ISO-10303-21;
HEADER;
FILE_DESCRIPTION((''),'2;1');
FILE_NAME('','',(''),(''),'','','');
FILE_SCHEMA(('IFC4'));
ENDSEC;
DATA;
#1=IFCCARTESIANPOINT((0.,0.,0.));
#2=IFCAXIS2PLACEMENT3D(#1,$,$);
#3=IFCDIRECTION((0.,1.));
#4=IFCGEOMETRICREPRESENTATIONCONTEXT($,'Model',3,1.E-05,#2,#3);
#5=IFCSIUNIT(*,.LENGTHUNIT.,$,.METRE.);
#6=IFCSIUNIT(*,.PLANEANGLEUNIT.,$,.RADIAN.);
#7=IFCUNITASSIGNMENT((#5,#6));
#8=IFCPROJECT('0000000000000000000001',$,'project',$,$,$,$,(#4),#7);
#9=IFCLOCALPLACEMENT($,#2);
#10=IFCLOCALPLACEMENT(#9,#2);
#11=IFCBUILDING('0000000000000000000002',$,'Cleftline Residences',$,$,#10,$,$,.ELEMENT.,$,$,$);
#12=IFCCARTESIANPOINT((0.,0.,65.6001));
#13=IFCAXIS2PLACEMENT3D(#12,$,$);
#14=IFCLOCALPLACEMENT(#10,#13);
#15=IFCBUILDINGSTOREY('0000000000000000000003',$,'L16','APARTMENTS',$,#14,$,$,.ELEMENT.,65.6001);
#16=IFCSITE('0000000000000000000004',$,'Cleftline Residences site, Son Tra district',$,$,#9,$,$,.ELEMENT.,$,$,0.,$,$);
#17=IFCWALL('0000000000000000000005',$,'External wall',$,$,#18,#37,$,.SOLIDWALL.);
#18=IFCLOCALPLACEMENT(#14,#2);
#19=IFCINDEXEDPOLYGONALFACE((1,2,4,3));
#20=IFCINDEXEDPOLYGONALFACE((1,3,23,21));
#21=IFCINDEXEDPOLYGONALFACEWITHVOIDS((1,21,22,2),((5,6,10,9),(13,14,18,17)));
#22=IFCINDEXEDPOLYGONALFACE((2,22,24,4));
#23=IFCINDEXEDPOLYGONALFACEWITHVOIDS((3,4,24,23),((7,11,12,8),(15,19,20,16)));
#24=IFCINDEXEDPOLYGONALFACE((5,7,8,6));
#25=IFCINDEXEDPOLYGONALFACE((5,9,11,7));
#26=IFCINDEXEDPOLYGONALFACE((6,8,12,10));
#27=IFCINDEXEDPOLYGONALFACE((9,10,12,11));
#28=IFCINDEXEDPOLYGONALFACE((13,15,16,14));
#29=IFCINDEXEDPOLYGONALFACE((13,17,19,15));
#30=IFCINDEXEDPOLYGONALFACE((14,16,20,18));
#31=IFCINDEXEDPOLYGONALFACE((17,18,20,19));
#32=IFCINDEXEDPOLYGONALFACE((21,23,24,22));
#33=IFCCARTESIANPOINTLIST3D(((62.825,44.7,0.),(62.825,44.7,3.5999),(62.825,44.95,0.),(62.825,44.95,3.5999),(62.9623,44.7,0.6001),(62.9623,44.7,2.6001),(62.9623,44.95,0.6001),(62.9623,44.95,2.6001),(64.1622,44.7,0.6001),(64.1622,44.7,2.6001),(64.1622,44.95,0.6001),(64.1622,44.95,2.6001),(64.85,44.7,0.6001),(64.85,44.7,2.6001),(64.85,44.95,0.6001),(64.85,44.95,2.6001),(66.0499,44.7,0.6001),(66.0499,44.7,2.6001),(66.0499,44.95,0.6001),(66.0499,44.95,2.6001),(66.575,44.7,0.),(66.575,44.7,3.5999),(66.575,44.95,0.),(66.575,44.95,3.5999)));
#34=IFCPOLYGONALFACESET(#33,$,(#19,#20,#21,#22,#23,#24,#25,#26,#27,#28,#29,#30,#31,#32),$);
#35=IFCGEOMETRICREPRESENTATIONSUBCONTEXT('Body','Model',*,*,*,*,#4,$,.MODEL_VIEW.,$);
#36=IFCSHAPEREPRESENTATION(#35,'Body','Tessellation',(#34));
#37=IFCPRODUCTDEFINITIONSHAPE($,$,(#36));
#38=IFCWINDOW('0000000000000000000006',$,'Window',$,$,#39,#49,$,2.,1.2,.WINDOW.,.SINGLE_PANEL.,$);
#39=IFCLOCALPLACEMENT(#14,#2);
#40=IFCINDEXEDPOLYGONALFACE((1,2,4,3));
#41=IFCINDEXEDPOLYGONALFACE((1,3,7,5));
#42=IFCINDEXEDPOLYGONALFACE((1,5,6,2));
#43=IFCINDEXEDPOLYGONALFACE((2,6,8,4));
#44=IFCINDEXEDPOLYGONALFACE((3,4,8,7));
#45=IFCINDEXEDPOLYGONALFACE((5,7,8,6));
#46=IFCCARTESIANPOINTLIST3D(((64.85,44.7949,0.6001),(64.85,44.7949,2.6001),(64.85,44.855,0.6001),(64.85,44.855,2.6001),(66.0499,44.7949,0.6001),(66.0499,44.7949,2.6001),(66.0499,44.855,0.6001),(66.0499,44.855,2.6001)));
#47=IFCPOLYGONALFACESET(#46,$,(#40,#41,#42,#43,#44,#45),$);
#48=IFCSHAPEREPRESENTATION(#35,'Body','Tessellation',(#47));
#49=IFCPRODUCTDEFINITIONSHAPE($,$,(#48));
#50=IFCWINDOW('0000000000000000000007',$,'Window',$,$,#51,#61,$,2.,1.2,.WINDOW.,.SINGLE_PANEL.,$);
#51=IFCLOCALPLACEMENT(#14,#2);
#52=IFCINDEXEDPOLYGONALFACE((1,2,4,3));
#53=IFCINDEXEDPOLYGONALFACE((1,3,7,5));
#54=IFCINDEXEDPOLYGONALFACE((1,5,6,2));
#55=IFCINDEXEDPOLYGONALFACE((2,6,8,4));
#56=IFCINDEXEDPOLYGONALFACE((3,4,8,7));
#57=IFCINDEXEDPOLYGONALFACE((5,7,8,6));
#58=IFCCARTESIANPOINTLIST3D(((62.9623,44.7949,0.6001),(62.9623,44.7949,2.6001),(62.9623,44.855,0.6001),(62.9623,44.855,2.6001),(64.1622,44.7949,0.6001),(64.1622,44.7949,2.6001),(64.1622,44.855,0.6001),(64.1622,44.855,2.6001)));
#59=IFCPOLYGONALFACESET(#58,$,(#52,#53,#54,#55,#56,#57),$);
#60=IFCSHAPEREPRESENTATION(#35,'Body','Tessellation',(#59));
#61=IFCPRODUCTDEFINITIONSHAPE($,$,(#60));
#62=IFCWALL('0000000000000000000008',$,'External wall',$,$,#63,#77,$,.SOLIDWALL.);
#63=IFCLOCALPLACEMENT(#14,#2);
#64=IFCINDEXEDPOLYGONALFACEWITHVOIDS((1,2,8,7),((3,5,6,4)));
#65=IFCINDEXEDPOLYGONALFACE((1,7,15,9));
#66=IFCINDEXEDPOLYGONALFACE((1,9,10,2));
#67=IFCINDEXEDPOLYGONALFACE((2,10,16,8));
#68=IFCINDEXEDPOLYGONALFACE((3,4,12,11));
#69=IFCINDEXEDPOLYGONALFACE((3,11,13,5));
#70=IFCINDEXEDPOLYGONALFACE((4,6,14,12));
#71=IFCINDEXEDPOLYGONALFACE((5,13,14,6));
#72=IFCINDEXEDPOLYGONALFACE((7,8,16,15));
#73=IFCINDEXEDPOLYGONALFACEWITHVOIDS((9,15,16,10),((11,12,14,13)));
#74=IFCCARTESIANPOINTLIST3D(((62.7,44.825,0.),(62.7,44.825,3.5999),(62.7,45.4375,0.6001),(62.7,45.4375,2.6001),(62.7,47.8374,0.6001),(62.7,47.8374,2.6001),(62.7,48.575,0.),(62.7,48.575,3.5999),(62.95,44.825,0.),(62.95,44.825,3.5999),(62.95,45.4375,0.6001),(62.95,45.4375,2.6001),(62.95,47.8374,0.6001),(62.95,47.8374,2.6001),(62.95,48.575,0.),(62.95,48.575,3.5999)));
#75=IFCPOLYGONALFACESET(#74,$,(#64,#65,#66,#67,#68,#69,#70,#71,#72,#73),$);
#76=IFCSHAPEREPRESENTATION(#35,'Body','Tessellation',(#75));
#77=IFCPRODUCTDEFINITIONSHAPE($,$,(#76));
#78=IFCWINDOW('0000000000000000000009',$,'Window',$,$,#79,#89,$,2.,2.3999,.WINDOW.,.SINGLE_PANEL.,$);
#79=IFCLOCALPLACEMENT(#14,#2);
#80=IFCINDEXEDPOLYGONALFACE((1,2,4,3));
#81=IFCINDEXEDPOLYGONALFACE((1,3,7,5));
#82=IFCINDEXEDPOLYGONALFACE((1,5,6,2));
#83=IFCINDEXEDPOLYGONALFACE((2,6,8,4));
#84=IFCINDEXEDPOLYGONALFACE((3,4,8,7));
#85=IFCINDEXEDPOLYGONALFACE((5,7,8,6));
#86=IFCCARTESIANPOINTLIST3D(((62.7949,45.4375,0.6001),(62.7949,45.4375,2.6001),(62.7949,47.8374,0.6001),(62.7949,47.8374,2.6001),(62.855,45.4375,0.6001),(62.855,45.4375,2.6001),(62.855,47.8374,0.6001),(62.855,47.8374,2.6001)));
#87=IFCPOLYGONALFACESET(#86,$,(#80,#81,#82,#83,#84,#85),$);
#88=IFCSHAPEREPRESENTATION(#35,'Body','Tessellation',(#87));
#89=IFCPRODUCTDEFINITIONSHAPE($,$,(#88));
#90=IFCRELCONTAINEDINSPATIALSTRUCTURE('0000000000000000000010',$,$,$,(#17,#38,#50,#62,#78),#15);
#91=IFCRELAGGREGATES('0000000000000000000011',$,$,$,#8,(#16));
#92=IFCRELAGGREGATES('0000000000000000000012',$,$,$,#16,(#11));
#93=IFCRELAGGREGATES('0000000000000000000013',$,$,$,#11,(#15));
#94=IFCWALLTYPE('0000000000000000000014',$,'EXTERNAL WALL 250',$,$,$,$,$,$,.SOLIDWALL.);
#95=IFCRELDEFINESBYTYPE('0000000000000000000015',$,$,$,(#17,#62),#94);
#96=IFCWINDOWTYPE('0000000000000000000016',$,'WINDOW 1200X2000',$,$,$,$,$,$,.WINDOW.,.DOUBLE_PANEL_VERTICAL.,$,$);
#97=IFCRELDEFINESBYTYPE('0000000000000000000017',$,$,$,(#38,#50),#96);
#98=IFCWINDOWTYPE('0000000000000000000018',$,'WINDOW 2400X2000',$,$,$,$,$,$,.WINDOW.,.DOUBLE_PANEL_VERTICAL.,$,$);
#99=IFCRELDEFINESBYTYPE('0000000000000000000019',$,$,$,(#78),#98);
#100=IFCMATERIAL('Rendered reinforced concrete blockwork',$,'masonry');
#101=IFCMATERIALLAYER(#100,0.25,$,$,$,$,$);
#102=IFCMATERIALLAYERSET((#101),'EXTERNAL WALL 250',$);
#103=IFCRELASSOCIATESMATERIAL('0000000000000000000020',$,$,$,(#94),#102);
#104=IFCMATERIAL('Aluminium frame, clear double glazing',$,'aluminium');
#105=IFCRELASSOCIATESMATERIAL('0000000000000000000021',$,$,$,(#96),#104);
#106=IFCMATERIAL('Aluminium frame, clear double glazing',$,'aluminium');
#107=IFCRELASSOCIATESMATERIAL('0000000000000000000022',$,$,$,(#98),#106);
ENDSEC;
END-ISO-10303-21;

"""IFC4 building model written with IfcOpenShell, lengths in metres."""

from ifc_helpers import new_model, si_unit, direction, frame, frame_2d, origin, place, context, subcontext, project, spatial, rectangle, extrude, material, layer, layer_set, type_object, element, fill, save


model = new_model("IFC4")

# Units and contexts
model_context = context("Model", 3, precision=1e-05, world=origin(), true_north=direction((0.0, 1.0)))
body_context = subcontext(model_context, "Body", "Model", "MODEL_VIEW")
ifc_project = project(units=[si_unit("LENGTHUNIT", "METRE"), si_unit("PLANEANGLEUNIT", "RADIAN")], contexts=[model_context])

# Site, building, storey
site_placement = place(None, origin())
site = spatial("IfcSite", under=ifc_project, at=site_placement, Name="Cleftline Residences site, Son Tra district", CompositionType="ELEMENT", RefElevation=0.0)
building_placement = place(site_placement, origin())
building = spatial("IfcBuilding", under=site, at=building_placement, Name="Cleftline Residences", CompositionType="ELEMENT")
storey_placement = place(building_placement, frame((0.0, 0.0, 65.6001)))
storey = spatial("IfcBuildingStorey", under=building, at=storey_placement, Name="L16", Description="APARTMENTS", CompositionType="ELEMENT", Elevation=65.6001)

# Wall, openings, windows
ifc_material_1 = material(Name="Rendered reinforced concrete blockwork", Category="masonry")
ifc_layer_1 = layer(ifc_material_1, 0.25)
ifc_layer_set_1 = layer_set([ifc_layer_1], Name="EXTERNAL WALL 250")
wall_type_1 = type_object("IfcWallType", Name="EXTERNAL WALL 250", PredefinedType="SOLIDWALL", material=ifc_layer_set_1)
wall_1_placement = place(storey_placement, frame((66.575, 44.825, 0.0), z_axis=(0.0, 0.0, 1.0), x_axis=(-1.0, 0.0, 0.0)))
wall_1 = element("IfcWall", 1, at=wall_1_placement, inside=storey, type_object=wall_type_1, Name="External wall", PredefinedType="SOLIDWALL", context=body_context, shape_type="SweptSolid", body=[
    extrude(rectangle(XDim=3.75, YDim=0.25, at=frame_2d((1.875, 0.0))), origin(), (0.0, 0.0, 1.0), 3.5999),
])
opening_1_placement = place(wall_1_placement, frame((0.5249, 0.0, 0.6001)))
opening_1 = element("IfcOpeningElement", 2, at=opening_1_placement, cuts=wall_1, PredefinedType="OPENING", context=body_context, shape_type="SweptSolid", body=[
    extrude(rectangle(XDim=1.2, YDim=2.0, at=frame_2d((0.6001, 1.0))), frame((0.0, 0.135, 0.0), z_axis=(0.0, -1.0, 0.0), x_axis=(1.0, 0.0, 0.0)), (0.0, 0.0, 1.0), 0.27),
])
opening_2_placement = place(wall_1_placement, frame((2.4126, 0.0, 0.6001)))
opening_2 = element("IfcOpeningElement", 3, at=opening_2_placement, cuts=wall_1, PredefinedType="OPENING", context=body_context, shape_type="SweptSolid", body=[
    extrude(rectangle(XDim=1.2, YDim=2.0, at=frame_2d((0.6001, 1.0))), frame((0.0, 0.135, 0.0), z_axis=(0.0, -1.0, 0.0), x_axis=(1.0, 0.0, 0.0)), (0.0, 0.0, 1.0), 0.27),
])
ifc_material_2 = material(Name="Aluminium frame, clear double glazing", Category="aluminium")
window_type_1 = type_object("IfcWindowType", Name="WINDOW 1200X2000", PartitioningType="DOUBLE_PANEL_VERTICAL", PredefinedType="WINDOW", material=ifc_material_2)
window_1_placement = place(opening_1_placement, origin())
window_1 = element("IfcWindow", 4, at=window_1_placement, inside=storey, type_object=window_type_1, Name="Window", OverallHeight=2.0, OverallWidth=1.2, PartitioningType="SINGLE_PANEL", PredefinedType="WINDOW", context=body_context, shape_type="SweptSolid", body=[
    extrude(rectangle(XDim=1.2, YDim=2.0, at=frame_2d((0.6001, 1.0))), frame((0.0, 0.03, 0.0), z_axis=(0.0, -1.0, 0.0), x_axis=(1.0, 0.0, 0.0)), (0.0, 0.0, 1.0), 0.0601),
])
fill(opening_1, window_1)
window_2_placement = place(opening_2_placement, origin())
window_2 = element("IfcWindow", 5, at=window_2_placement, inside=storey, type_object=window_type_1, Name="Window", OverallHeight=2.0, OverallWidth=1.2, PartitioningType="SINGLE_PANEL", PredefinedType="WINDOW", context=body_context, shape_type="SweptSolid", body=[
    extrude(rectangle(XDim=1.2, YDim=2.0, at=frame_2d((0.6001, 1.0))), frame((0.0, 0.03, 0.0), z_axis=(0.0, -1.0, 0.0), x_axis=(1.0, 0.0, 0.0)), (0.0, 0.0, 1.0), 0.0601),
])
fill(opening_2, window_2)

# Wall, opening, window
wall_2_placement = place(storey_placement, frame((62.825, 44.825, 0.0), z_axis=(0.0, 0.0, 1.0), x_axis=(0.0, 1.0, 0.0)))
wall_2 = element("IfcWall", 6, at=wall_2_placement, inside=storey, type_object=wall_type_1, Name="External wall", PredefinedType="SOLIDWALL", context=body_context, shape_type="SweptSolid", body=[
    extrude(rectangle(XDim=3.75, YDim=0.25, at=frame_2d((1.875, 0.0))), origin(), (0.0, 0.0, 1.0), 3.5999),
])
opening_3_placement = place(wall_2_placement, frame((0.6125, 0.0, 0.6001)))
opening_3 = element("IfcOpeningElement", 7, at=opening_3_placement, cuts=wall_2, PredefinedType="OPENING", context=body_context, shape_type="SweptSolid", body=[
    extrude(rectangle(XDim=2.3999, YDim=2.0, at=frame_2d((1.2, 1.0))), frame((0.0, 0.135, 0.0), z_axis=(0.0, -1.0, 0.0), x_axis=(1.0, 0.0, 0.0)), (0.0, 0.0, 1.0), 0.27),
])
ifc_material_3 = material(Name="Aluminium frame, clear double glazing", Category="aluminium")
window_type_2 = type_object("IfcWindowType", Name="WINDOW 2400X2000", PartitioningType="DOUBLE_PANEL_VERTICAL", PredefinedType="WINDOW", material=ifc_material_3)
window_3_placement = place(opening_3_placement, origin())
window_3 = element("IfcWindow", 8, at=window_3_placement, inside=storey, type_object=window_type_2, Name="Window", OverallHeight=2.0, OverallWidth=2.3999, PartitioningType="SINGLE_PANEL", PredefinedType="WINDOW", context=body_context, shape_type="SweptSolid", body=[
    extrude(rectangle(XDim=2.3999, YDim=2.0, at=frame_2d((1.2, 1.0))), frame((0.0, 0.03, 0.0), z_axis=(0.0, -1.0, 0.0), x_axis=(1.0, 0.0, 0.0)), (0.0, 0.0, 1.0), 0.0601),
])
fill(opening_3, window_3)

save(model, "model.ifc")
